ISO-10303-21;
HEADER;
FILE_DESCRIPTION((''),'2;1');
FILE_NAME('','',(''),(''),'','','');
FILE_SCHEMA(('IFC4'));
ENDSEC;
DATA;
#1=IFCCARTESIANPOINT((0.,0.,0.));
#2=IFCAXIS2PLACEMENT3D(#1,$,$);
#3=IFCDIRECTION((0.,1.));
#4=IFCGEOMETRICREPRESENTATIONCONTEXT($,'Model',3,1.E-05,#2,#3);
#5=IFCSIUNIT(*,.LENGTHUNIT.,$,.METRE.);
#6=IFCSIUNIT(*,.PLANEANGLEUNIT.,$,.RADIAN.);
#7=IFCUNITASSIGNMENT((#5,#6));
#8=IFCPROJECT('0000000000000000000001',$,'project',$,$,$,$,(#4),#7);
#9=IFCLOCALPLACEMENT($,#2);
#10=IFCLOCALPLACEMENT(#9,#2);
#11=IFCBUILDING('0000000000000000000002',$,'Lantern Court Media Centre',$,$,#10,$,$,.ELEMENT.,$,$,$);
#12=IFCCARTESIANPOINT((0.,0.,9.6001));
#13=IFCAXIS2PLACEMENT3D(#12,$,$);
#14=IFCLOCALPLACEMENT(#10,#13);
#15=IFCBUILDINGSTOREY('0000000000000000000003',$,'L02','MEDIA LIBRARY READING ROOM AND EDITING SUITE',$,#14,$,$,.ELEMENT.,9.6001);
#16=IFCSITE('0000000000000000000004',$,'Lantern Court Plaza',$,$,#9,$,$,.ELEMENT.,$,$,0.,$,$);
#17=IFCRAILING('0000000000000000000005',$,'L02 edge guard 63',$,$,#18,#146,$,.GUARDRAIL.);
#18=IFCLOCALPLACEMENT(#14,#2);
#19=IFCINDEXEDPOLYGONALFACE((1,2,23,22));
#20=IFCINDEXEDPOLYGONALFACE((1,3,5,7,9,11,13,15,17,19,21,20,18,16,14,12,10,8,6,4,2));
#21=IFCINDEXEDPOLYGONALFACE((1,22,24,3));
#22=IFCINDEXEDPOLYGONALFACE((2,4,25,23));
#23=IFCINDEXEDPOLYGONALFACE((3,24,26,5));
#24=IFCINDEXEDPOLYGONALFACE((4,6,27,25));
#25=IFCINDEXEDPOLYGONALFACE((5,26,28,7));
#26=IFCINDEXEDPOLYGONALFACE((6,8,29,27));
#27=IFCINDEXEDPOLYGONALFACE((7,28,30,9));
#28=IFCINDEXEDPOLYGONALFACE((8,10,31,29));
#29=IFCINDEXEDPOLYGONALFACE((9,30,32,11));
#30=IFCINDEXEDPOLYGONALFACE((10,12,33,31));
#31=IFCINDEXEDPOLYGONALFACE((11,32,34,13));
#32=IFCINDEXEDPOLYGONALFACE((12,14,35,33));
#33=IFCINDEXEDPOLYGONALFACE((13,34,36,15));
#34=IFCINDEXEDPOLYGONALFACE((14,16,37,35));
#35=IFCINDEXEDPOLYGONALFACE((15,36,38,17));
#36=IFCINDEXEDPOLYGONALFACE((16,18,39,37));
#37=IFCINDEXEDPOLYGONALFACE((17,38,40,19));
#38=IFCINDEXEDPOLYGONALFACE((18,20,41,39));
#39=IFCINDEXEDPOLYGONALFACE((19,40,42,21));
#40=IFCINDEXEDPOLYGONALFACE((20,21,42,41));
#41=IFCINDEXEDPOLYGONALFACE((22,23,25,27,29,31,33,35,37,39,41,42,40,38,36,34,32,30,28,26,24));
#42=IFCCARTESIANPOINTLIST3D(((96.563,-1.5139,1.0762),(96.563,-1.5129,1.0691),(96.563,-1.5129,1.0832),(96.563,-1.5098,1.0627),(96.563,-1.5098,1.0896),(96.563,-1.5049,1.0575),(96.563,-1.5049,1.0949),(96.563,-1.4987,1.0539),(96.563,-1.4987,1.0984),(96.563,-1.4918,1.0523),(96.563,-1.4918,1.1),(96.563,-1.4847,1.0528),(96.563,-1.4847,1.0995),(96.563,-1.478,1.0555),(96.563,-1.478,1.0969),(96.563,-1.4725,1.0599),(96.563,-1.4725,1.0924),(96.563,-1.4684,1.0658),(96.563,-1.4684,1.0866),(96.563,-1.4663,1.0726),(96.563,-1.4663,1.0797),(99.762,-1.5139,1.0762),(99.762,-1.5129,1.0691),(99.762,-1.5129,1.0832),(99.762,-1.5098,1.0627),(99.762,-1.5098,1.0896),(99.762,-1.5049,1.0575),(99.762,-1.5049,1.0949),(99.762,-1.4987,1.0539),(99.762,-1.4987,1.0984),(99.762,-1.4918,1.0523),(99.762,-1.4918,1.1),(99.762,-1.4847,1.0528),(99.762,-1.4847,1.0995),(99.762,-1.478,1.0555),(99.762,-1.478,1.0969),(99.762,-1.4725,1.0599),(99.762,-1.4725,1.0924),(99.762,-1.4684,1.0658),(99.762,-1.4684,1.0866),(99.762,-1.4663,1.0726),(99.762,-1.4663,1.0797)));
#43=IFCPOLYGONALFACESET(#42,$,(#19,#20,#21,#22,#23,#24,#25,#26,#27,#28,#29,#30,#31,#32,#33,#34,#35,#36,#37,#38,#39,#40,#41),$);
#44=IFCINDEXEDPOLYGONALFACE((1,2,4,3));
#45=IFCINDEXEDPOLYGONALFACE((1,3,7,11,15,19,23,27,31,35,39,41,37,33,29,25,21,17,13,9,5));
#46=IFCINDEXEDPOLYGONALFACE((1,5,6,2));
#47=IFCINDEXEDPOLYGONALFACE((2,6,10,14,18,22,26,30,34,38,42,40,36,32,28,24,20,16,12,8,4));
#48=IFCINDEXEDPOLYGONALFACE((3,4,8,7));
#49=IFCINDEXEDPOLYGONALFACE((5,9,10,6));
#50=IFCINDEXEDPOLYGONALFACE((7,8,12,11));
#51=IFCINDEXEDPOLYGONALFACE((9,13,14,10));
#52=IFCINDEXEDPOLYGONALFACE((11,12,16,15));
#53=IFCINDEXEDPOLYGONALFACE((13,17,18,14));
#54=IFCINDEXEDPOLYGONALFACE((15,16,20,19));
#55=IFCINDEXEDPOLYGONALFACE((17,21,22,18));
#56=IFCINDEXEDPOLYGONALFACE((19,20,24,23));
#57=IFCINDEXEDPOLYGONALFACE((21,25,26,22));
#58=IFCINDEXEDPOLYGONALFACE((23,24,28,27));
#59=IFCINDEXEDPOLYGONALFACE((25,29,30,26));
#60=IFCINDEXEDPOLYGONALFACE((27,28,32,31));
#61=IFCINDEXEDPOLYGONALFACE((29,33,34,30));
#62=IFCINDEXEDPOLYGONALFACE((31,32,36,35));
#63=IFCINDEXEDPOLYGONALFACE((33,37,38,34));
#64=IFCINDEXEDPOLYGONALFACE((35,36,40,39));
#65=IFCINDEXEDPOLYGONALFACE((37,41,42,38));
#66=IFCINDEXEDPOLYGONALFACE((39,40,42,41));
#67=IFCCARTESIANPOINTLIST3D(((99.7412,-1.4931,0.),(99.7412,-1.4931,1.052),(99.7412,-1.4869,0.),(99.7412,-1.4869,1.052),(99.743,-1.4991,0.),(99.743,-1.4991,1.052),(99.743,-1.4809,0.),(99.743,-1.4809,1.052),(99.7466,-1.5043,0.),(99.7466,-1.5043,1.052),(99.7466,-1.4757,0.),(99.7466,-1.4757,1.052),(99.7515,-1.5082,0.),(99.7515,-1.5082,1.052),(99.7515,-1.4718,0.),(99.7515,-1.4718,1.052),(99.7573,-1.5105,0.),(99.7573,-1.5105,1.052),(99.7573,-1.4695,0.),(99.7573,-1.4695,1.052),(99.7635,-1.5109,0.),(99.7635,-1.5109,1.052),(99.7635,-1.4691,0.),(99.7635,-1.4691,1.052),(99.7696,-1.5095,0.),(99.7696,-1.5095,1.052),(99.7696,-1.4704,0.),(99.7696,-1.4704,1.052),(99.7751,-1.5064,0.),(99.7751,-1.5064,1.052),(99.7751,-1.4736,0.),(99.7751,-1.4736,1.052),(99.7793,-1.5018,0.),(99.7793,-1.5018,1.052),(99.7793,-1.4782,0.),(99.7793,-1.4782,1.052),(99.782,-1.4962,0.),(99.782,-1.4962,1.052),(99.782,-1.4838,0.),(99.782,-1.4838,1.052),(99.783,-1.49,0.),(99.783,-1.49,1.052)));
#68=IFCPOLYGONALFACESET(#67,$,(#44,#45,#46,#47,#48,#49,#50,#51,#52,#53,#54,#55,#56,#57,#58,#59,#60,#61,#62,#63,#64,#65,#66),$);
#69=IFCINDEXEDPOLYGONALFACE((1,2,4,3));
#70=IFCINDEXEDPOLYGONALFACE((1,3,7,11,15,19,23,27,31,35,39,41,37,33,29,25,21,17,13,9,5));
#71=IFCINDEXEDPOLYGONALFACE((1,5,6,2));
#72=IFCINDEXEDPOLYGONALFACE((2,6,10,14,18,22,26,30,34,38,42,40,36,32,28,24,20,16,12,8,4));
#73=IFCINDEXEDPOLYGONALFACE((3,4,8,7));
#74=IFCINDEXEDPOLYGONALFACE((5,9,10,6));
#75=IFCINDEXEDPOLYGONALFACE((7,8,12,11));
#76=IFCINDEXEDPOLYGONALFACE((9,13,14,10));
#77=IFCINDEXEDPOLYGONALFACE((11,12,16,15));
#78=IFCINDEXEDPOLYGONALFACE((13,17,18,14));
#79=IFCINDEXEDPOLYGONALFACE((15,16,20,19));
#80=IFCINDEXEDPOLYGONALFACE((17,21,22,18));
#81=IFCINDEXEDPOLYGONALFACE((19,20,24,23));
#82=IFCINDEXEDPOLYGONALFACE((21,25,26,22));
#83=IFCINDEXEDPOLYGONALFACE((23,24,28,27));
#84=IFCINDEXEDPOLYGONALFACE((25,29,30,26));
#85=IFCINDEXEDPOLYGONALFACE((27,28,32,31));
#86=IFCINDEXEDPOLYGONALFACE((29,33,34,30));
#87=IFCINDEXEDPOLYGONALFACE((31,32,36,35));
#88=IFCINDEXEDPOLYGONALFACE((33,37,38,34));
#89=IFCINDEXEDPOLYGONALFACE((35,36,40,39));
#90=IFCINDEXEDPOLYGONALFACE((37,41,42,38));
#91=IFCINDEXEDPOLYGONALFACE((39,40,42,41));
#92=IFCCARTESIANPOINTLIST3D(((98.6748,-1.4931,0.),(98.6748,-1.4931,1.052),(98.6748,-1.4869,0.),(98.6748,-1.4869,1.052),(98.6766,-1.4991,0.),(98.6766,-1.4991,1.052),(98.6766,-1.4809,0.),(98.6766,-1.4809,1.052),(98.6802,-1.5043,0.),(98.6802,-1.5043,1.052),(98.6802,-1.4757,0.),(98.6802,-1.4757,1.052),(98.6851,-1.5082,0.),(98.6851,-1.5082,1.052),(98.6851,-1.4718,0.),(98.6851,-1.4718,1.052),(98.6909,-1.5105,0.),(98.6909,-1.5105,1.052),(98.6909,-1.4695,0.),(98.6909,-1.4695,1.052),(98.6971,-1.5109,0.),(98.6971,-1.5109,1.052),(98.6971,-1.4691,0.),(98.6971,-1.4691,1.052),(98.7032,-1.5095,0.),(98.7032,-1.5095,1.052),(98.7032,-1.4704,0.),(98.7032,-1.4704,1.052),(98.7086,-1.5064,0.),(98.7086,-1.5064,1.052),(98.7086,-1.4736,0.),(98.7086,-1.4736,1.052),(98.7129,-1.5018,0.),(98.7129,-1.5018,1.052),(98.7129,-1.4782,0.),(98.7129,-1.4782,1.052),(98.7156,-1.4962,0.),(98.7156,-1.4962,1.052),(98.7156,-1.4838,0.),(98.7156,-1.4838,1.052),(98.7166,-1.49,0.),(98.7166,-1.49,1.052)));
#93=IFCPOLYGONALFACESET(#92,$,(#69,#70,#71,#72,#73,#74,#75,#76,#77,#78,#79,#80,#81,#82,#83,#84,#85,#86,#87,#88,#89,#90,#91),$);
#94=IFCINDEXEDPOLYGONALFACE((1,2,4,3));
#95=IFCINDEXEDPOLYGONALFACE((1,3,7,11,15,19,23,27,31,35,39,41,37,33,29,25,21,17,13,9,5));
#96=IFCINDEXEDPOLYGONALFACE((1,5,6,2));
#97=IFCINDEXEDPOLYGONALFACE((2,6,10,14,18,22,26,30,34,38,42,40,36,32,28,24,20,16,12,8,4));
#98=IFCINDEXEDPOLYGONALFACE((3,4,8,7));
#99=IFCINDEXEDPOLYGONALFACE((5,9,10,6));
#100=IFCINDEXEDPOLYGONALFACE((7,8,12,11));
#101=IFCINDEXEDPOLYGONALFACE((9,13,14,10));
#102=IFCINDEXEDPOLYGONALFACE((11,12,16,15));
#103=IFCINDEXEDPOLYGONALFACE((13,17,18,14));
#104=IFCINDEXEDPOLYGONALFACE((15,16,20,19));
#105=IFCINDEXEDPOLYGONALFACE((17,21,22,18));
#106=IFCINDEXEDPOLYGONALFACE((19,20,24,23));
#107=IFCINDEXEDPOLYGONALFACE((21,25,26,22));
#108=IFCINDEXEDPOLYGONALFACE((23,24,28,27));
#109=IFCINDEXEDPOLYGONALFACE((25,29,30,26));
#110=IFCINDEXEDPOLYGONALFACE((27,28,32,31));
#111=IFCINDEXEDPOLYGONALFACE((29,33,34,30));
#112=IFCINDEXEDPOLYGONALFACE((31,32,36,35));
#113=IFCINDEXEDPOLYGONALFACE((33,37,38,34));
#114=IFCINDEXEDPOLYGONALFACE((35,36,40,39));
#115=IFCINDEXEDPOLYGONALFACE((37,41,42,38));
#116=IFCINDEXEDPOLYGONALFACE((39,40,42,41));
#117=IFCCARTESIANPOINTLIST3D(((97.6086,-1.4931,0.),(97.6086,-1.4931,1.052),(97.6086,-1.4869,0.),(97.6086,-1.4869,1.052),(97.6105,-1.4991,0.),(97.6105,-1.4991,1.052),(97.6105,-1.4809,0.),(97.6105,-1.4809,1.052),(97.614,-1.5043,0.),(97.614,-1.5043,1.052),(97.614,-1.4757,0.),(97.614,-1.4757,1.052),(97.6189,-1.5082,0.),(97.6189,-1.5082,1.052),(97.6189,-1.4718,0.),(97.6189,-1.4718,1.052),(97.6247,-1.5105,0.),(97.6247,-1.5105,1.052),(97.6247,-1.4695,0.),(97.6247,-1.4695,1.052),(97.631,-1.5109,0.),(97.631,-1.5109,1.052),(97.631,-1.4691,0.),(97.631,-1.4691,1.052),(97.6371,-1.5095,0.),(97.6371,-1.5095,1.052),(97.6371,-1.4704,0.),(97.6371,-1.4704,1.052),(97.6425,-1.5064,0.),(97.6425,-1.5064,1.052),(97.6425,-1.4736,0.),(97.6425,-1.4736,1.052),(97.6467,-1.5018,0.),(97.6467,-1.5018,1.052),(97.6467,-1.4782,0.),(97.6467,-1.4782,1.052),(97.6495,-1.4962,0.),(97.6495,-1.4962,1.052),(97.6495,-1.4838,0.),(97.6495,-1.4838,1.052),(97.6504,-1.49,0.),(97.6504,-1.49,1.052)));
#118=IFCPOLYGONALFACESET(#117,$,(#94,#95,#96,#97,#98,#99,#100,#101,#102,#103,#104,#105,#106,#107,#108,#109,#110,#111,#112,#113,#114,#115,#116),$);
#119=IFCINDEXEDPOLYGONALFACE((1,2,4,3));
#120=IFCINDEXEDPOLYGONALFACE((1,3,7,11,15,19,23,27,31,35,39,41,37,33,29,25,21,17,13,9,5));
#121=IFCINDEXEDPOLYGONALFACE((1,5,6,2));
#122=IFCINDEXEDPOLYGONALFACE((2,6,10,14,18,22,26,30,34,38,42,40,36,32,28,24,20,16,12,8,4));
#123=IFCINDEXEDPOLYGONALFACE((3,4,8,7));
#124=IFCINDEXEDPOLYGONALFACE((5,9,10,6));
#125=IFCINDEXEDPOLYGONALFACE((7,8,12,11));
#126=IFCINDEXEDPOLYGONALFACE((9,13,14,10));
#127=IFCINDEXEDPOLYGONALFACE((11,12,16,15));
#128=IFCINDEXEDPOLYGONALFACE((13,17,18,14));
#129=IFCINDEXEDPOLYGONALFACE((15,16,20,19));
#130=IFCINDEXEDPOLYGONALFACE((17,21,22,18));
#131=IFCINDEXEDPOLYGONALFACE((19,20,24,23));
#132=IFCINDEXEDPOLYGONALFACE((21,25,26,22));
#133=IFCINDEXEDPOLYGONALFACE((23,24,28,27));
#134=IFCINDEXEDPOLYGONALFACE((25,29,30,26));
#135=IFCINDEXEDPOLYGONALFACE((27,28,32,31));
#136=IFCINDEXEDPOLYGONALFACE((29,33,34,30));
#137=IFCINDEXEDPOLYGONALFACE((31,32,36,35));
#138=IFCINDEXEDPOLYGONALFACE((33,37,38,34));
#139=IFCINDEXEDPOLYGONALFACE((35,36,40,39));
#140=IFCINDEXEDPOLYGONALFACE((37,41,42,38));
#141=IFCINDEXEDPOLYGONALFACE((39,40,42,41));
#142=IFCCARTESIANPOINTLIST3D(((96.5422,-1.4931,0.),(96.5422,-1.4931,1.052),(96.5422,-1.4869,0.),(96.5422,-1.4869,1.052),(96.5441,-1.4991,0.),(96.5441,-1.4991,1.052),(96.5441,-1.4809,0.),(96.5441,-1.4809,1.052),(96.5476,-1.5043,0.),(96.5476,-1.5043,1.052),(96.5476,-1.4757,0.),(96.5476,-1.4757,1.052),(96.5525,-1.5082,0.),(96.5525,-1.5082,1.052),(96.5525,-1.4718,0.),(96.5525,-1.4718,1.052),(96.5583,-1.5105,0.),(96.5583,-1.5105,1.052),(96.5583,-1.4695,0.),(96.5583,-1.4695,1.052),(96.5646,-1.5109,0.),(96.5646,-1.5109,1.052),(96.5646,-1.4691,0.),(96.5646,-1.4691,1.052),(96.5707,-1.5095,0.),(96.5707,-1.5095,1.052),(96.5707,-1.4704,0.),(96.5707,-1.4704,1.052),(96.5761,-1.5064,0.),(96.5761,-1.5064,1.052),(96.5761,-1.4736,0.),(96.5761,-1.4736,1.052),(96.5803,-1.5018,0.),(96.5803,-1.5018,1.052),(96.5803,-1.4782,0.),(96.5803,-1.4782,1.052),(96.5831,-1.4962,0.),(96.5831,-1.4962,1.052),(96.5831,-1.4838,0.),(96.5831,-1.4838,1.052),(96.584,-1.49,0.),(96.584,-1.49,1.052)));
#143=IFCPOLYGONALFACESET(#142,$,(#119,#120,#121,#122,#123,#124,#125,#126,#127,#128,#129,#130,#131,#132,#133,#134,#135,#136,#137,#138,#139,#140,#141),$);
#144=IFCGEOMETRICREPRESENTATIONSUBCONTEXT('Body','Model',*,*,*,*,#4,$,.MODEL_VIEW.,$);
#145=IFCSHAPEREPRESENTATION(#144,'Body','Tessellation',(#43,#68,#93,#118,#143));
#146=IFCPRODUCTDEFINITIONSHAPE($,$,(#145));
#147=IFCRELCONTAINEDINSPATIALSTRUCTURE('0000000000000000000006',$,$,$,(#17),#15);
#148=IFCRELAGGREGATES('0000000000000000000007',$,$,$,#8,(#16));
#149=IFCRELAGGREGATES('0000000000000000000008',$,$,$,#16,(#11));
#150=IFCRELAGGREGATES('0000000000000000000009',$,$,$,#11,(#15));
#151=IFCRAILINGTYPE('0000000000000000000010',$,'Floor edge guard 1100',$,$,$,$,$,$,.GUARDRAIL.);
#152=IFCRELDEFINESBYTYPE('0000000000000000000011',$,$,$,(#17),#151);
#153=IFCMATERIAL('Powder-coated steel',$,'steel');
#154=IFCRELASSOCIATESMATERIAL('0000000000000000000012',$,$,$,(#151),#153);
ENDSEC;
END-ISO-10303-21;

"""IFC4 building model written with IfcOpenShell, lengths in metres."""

from ifc_helpers import new_model, si_unit, direction, frame, origin, origin_2d, place, context, subcontext, project, spatial, circle, extrude, material, type_object, element, save


model = new_model("IFC4")

# Units and contexts
model_context = context("Model", 3, precision=1e-05, world=origin(), true_north=direction((0.0, 1.0)))
body_context = subcontext(model_context, "Body", "Model", "MODEL_VIEW")
ifc_project = project(units=[si_unit("LENGTHUNIT", "METRE"), si_unit("PLANEANGLEUNIT", "RADIAN")], contexts=[model_context])

# Site, building, storey
site_placement = place(None, origin())
site = spatial("IfcSite", under=ifc_project, at=site_placement, Name="Lantern Court Plaza", CompositionType="ELEMENT", RefElevation=0.0)
building_placement = place(site_placement, origin())
building = spatial("IfcBuilding", under=site, at=building_placement, Name="Lantern Court Media Centre", CompositionType="ELEMENT")
storey_placement = place(building_placement, frame((0.0, 0.0, 9.6001)))
storey = spatial("IfcBuildingStorey", under=building, at=storey_placement, Name="L02", Description="MEDIA LIBRARY READING ROOM AND EDITING SUITE", CompositionType="ELEMENT", Elevation=9.6001)

# Railing
ifc_material_1 = material(Name="Powder-coated steel", Category="steel")
railing_type = type_object("IfcRailingType", Name="Floor edge guard 1100", PredefinedType="GUARDRAIL", material=ifc_material_1)
railing_1_placement = place(storey_placement, frame((99.762, -1.49, 0.0)))
element("IfcRailing", 1, at=railing_1_placement, inside=storey, type_object=railing_type, Name="L02 edge guard 63", PredefinedType="GUARDRAIL", context=body_context, shape_type="SweptSolid", body=[
    extrude(circle(Radius=0.0239, at=origin_2d()), frame((0.0, 0.0, 1.0762), z_axis=(-1.0, 0.0, 0.0), x_axis=(0.0, -1.0, 0.0)), (0.0, 0.0, 1.0), 3.199),
    extrude(circle(Radius=0.021, at=origin_2d()), origin(), (0.0, 0.0, 1.0), 1.052),
    extrude(circle(Radius=0.021, at=origin_2d()), frame((-1.0664, 0.0, 0.0)), (0.0, 0.0, 1.0), 1.052),
    extrude(circle(Radius=0.021, at=origin_2d()), frame((-2.1326, 0.0, 0.0)), (0.0, 0.0, 1.0), 1.052),
    extrude(circle(Radius=0.021, at=origin_2d()), frame((-3.199, 0.0, 0.0)), (0.0, 0.0, 1.0), 1.052),
])

save(model, "model.ifc")
